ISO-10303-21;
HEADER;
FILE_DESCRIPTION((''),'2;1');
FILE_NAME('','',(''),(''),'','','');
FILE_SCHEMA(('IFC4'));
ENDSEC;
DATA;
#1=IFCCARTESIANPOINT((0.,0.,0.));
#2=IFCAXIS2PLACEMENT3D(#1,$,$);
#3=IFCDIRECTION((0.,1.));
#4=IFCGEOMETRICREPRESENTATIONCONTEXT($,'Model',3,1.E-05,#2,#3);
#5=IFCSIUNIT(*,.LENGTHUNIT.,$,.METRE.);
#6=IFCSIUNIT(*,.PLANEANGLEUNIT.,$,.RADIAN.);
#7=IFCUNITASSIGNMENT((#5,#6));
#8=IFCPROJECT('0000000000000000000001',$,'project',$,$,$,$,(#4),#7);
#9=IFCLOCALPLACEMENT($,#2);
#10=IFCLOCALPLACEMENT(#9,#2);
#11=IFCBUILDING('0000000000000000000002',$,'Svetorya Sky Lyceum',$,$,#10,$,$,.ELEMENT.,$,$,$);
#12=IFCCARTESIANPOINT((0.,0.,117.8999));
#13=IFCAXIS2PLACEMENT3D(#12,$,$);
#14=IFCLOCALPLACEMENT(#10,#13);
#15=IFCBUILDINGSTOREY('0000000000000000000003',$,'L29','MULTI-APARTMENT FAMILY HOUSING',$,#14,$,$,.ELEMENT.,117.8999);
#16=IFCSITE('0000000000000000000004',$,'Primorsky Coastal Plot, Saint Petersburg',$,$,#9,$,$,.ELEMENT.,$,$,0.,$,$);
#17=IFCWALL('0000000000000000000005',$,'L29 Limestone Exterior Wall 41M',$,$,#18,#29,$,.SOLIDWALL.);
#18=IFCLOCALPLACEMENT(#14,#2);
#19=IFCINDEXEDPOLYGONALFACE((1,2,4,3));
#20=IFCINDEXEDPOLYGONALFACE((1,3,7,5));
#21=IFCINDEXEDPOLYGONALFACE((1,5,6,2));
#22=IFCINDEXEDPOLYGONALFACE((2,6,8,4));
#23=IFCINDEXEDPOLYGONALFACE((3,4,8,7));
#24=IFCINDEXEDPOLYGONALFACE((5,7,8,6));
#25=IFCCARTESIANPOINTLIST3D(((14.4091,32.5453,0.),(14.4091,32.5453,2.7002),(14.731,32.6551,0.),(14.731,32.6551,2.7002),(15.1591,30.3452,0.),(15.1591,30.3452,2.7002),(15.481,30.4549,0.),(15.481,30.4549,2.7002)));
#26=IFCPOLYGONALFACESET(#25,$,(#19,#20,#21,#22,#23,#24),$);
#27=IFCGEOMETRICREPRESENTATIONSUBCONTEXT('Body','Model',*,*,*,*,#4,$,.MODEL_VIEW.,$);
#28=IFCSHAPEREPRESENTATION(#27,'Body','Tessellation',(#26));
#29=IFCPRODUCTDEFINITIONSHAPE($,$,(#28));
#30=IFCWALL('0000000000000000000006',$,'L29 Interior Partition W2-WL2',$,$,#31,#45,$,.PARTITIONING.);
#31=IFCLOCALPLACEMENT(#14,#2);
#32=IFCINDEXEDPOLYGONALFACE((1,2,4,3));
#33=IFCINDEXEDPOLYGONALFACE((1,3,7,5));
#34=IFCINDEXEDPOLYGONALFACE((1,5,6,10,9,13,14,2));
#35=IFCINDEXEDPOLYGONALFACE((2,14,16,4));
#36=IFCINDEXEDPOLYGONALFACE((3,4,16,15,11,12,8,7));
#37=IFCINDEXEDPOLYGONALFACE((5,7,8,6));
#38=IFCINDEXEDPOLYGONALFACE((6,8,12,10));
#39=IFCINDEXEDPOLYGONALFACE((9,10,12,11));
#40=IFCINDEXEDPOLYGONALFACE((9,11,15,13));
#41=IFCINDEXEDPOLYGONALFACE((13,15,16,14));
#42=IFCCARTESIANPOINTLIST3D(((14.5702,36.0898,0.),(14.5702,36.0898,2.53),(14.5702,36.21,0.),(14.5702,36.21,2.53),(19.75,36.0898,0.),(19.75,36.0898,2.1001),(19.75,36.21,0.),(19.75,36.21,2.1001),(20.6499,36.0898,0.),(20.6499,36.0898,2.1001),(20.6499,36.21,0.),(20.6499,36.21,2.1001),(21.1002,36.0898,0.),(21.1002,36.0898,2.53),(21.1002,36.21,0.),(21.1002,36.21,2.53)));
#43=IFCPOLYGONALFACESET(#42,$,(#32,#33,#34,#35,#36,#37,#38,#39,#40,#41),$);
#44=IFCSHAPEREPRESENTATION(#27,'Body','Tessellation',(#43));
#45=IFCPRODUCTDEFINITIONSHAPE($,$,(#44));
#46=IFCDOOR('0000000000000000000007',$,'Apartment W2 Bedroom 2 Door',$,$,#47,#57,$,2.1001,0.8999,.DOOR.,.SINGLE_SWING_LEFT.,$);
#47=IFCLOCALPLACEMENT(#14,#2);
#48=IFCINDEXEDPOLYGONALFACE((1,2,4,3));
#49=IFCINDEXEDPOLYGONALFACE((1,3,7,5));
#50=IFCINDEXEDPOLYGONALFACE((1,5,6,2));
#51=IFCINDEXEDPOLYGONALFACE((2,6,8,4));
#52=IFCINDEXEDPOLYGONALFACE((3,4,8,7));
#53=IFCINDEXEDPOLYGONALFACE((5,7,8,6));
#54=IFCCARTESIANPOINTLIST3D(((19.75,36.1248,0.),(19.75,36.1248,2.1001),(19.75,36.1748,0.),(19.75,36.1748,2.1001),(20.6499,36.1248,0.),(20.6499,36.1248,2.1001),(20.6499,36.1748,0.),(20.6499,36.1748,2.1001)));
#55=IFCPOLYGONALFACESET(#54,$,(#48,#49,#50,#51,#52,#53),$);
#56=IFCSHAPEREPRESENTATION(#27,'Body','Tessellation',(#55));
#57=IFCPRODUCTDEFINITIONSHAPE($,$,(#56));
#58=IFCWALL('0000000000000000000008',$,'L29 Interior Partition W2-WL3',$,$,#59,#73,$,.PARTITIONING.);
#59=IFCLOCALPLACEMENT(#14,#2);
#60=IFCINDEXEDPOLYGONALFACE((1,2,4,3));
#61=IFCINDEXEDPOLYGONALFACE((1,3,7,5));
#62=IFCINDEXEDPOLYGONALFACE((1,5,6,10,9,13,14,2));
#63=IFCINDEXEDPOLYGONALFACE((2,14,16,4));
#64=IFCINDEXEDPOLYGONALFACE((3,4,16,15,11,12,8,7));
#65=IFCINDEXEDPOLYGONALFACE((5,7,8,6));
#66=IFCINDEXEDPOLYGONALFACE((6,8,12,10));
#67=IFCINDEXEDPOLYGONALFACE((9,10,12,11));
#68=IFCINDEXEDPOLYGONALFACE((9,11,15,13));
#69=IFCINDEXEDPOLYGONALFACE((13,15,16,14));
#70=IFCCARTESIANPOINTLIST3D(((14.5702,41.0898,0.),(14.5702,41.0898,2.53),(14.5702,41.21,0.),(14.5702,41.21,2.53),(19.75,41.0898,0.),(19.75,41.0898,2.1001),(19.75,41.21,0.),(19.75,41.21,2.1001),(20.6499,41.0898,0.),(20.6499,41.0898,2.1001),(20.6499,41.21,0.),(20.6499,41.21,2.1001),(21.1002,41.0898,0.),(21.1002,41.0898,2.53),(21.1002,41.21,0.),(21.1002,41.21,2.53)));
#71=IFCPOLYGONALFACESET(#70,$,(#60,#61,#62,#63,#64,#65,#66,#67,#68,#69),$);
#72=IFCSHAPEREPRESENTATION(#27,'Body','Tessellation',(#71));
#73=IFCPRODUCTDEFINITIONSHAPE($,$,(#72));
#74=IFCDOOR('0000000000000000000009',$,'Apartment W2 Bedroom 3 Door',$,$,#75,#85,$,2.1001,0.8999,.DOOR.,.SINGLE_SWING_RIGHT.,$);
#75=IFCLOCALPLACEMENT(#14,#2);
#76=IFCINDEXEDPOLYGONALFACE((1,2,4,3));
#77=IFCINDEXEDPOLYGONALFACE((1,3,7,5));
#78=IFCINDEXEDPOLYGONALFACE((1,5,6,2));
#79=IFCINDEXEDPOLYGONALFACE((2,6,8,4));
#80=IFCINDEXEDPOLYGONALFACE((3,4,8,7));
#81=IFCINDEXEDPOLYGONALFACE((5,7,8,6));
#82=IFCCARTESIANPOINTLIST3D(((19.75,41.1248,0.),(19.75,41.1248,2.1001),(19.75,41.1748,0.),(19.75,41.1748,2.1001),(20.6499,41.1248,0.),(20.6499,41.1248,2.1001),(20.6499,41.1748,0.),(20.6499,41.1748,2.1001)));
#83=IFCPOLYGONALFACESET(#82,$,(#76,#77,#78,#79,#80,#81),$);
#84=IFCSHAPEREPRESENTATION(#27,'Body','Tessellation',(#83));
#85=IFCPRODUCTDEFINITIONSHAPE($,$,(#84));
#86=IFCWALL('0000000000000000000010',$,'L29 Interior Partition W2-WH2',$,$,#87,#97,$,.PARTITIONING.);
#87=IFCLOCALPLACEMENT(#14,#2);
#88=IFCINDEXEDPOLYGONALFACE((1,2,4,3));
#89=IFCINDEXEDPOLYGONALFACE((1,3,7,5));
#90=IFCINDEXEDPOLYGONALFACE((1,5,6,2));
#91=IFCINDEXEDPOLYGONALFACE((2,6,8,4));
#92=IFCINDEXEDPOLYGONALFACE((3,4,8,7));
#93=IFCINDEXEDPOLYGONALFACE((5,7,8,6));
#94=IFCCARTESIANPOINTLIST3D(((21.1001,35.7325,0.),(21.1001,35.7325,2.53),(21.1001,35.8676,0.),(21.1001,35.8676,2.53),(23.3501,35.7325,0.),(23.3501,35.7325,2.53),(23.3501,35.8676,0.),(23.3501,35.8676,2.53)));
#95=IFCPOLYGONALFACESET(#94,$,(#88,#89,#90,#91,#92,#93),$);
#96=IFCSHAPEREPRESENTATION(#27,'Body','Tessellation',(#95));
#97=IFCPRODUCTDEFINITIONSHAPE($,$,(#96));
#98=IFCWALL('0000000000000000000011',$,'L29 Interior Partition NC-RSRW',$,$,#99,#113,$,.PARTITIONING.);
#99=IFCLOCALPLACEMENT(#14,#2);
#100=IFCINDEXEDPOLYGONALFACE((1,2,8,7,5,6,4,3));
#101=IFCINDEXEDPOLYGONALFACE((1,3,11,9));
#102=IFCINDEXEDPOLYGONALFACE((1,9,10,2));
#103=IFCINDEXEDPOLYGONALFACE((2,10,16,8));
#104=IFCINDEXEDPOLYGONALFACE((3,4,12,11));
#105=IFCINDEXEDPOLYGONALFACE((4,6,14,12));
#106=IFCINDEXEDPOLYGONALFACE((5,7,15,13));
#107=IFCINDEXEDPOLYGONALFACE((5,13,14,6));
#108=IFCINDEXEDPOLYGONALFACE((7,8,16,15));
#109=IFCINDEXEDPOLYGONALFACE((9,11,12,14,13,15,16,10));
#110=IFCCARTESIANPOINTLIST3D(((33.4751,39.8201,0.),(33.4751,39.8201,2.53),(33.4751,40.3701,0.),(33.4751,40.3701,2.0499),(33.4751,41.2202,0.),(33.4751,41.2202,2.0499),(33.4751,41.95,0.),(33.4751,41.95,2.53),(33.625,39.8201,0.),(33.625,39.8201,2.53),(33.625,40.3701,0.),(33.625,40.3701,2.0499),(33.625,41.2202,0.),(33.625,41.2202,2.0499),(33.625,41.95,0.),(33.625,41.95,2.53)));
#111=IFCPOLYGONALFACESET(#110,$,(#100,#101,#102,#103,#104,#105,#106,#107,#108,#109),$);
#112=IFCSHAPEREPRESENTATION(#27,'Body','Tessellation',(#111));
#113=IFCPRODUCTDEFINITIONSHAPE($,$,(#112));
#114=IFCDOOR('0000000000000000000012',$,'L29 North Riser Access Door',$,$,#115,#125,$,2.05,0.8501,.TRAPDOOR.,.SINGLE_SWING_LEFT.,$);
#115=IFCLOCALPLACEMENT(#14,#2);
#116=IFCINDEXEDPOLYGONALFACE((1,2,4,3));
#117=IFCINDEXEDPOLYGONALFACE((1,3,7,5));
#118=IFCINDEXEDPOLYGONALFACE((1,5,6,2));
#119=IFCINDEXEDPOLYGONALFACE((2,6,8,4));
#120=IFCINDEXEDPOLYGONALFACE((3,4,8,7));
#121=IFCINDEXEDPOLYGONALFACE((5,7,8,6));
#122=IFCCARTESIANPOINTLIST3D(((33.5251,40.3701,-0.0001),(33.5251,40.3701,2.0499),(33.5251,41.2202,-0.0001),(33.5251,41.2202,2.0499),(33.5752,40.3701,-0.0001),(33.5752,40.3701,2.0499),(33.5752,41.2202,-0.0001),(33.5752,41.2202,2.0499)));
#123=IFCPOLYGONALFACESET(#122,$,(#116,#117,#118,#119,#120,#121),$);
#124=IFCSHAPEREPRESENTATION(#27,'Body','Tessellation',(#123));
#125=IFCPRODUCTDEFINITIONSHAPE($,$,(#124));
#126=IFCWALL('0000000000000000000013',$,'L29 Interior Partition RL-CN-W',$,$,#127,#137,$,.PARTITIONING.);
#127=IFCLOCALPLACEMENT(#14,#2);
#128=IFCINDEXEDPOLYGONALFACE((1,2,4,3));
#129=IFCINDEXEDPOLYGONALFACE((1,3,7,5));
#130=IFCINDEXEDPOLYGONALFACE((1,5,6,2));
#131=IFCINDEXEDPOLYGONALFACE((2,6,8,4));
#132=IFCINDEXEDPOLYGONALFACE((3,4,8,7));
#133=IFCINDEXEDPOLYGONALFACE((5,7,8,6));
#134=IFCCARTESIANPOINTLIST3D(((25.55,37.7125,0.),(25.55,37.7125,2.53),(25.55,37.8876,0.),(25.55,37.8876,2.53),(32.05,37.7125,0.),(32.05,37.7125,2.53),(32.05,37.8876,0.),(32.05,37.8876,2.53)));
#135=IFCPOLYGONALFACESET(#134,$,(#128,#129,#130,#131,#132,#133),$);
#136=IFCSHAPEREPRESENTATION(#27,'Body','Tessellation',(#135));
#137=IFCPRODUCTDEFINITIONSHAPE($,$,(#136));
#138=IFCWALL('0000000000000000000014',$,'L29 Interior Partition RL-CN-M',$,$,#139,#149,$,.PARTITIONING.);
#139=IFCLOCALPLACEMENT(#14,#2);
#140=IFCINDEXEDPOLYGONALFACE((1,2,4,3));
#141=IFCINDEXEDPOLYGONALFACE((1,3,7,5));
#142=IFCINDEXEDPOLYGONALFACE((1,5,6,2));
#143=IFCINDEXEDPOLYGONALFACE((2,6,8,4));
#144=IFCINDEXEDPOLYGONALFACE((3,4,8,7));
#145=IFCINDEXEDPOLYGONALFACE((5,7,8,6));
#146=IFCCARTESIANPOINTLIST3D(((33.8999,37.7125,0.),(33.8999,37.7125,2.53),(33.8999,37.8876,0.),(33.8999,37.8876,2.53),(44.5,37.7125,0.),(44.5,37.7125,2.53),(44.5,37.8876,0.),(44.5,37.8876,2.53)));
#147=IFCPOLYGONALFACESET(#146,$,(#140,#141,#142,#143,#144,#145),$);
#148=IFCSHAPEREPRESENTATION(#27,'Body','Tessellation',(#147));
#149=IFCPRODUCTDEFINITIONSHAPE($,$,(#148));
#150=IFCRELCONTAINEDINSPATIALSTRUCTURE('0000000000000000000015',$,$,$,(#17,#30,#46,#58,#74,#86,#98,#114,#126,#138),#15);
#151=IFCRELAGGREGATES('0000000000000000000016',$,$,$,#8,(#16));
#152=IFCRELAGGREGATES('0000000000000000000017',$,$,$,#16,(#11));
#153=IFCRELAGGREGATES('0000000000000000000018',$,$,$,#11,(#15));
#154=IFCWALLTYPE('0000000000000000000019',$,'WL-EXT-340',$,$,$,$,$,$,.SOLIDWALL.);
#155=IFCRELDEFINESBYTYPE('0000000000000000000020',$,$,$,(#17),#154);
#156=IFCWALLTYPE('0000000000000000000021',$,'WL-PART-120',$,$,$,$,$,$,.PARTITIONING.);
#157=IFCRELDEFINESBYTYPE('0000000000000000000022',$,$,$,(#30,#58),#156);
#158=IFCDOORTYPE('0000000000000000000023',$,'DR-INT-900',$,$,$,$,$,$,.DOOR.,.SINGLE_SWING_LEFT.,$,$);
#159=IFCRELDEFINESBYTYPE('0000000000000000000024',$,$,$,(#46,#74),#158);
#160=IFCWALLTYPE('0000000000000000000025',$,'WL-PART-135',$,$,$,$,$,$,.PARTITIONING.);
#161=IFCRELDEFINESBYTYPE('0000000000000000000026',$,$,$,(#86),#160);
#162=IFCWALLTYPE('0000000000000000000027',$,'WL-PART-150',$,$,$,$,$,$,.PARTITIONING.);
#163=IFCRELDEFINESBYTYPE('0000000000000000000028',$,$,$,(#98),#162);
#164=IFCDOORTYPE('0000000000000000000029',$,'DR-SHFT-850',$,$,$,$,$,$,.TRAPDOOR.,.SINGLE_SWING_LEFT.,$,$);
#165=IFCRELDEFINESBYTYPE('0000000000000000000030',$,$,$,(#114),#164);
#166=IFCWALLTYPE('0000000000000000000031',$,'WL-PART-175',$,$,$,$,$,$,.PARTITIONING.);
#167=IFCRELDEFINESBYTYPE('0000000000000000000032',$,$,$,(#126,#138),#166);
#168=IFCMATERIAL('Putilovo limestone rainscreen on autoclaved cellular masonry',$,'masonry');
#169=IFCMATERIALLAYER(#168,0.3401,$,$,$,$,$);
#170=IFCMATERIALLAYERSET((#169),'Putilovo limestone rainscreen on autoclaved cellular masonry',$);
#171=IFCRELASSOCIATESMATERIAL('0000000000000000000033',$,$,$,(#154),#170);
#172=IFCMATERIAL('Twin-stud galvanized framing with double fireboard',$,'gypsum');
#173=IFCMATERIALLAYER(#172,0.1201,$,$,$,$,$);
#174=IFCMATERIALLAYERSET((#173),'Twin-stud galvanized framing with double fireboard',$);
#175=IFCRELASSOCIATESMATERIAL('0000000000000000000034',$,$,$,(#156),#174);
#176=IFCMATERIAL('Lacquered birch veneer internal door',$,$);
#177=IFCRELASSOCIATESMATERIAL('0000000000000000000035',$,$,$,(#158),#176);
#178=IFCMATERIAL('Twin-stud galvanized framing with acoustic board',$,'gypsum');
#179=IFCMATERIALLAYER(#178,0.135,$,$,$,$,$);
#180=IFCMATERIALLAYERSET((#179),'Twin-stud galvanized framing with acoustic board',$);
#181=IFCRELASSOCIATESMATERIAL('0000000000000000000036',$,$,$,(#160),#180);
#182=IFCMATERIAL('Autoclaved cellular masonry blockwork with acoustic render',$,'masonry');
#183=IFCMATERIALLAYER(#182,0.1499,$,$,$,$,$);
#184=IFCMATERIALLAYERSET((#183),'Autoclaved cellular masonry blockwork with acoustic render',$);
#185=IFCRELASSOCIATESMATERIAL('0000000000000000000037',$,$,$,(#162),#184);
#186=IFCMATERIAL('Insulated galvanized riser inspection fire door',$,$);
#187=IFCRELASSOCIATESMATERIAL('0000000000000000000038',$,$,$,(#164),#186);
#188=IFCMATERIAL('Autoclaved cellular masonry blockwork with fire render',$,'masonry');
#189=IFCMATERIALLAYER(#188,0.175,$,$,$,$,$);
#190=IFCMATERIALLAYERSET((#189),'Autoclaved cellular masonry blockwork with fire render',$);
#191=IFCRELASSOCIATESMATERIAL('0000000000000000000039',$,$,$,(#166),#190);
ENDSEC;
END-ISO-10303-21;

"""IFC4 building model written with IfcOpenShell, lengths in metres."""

from ifc_helpers import new_model, si_unit, direction, frame, frame_2d, origin, place, context, subcontext, project, spatial, rectangle, extrude, material, layer, layer_set, type_object, element, fill, save


model = new_model("IFC4")

# Units and contexts
model_context = context("Model", 3, precision=1e-05, world=origin(), true_north=direction((0.0, 1.0)))
body_context = subcontext(model_context, "Body", "Model", "MODEL_VIEW")
ifc_project = project(units=[si_unit("LENGTHUNIT", "METRE"), si_unit("PLANEANGLEUNIT", "RADIAN")], contexts=[model_context])

# Site, building, storey
site_placement = place(None, origin())
site = spatial("IfcSite", under=ifc_project, at=site_placement, Name="Primorsky Coastal Plot, Saint Petersburg", CompositionType="ELEMENT", RefElevation=0.0)
building_placement = place(site_placement, origin())
building = spatial("IfcBuilding", under=site, at=building_placement, Name="Svetorya Sky Lyceum", CompositionType="ELEMENT")
storey_placement = place(building_placement, frame((0.0, 0.0, 117.8999)))
storey = spatial("IfcBuildingStorey", under=building, at=storey_placement, Name="L29", Description="MULTI-APARTMENT FAMILY HOUSING", CompositionType="ELEMENT", Elevation=117.8999)

# Wall
ifc_material_1 = material(Name="Putilovo limestone rainscreen on autoclaved cellular masonry", Category="masonry")
ifc_layer_1 = layer(ifc_material_1, 0.3401)
ifc_layer_set_1 = layer_set([ifc_layer_1], Name="Putilovo limestone rainscreen on autoclaved cellular masonry")
wall_type_1 = type_object("IfcWallType", Name="WL-EXT-340", PredefinedType="SOLIDWALL", material=ifc_layer_set_1)
wall_1_placement = place(storey_placement, frame((14.5701, 32.6001, 0.0), z_axis=(0.0, 0.0, 1.0), x_axis=(0.322648, -0.946519, 0.0)))
element("IfcWall", 1, at=wall_1_placement, inside=storey, type_object=wall_type_1, Name="L29 Limestone Exterior Wall 41M", PredefinedType="SOLIDWALL", context=body_context, shape_type="SweptSolid", body=[
    extrude(rectangle(XDim=2.3245, YDim=0.3401, at=frame_2d((1.1621, 0.0))), origin(), (0.0, 0.0, 1.0), 2.7002),
])

# Walls, openings, doors
ifc_material_2 = material(Name="Twin-stud galvanized framing with double fireboard", Category="gypsum")
ifc_layer_2 = layer(ifc_material_2, 0.1201)
ifc_layer_set_2 = layer_set([ifc_layer_2], Name="Twin-stud galvanized framing with double fireboard")
wall_type_2 = type_object("IfcWallType", Name="WL-PART-120", PredefinedType="PARTITIONING", material=ifc_layer_set_2)
wall_2_placement = place(storey_placement, frame((14.5701, 36.1499, 0.0), z_axis=(0.0, 0.0, 1.0), x_axis=(1.0, 0.0, 0.0)))
wall_2 = element("IfcWall", 2, at=wall_2_placement, inside=storey, type_object=wall_type_2, Name="L29 Interior Partition W2-WL2", PredefinedType="PARTITIONING", context=body_context, shape_type="SweptSolid", body=[
    extrude(rectangle(XDim=6.53, YDim=0.1201, at=frame_2d((3.2651, 0.0))), origin(), (0.0, 0.0, 1.0), 2.53),
])
opening_1_placement = place(wall_2_placement, frame((5.1799, 0.0, 0.0)))
opening_1 = element("IfcOpeningElement", 3, at=opening_1_placement, cuts=wall_2, PredefinedType="OPENING", context=body_context, shape_type="SweptSolid", body=[
    extrude(rectangle(XDim=0.8999, YDim=2.1001, at=frame_2d((0.45, 1.05))), frame((0.0, 0.0701, 0.0), z_axis=(0.0, -1.0, 0.0), x_axis=(1.0, 0.0, 0.0)), (0.0, 0.0, 1.0), 0.1401),
])
ifc_material_3 = material(Name="Lacquered birch veneer internal door")
door_type_1 = type_object("IfcDoorType", Name="DR-INT-900", OperationType="SINGLE_SWING_LEFT", PredefinedType="DOOR", material=ifc_material_3)
door_1_placement = place(opening_1_placement, origin())
door_1 = element("IfcDoor", 4, at=door_1_placement, inside=storey, type_object=door_type_1, Name="Apartment W2 Bedroom 2 Door", OperationType="SINGLE_SWING_LEFT", OverallHeight=2.1001, OverallWidth=0.8999, PredefinedType="DOOR", context=body_context, shape_type="SweptSolid", body=[
    extrude(rectangle(XDim=0.8999, YDim=2.1001, at=frame_2d((0.45, 1.05))), frame((0.0, 0.0249, 0.0), z_axis=(0.0, -1.0, 0.0), x_axis=(1.0, 0.0, 0.0)), (0.0, 0.0, 1.0), 0.05),
])
fill(opening_1, door_1)
wall_3_placement = place(storey_placement, frame((14.5701, 41.1499, 0.0), z_axis=(0.0, 0.0, 1.0), x_axis=(1.0, 0.0, 0.0)))
wall_3 = element("IfcWall", 5, at=wall_3_placement, inside=storey, type_object=wall_type_2, Name="L29 Interior Partition W2-WL3", PredefinedType="PARTITIONING", context=body_context, shape_type="SweptSolid", body=[
    extrude(rectangle(XDim=6.53, YDim=0.1201, at=frame_2d((3.2651, 0.0))), origin(), (0.0, 0.0, 1.0), 2.53),
])
opening_2_placement = place(wall_3_placement, frame((5.1799, 0.0, 0.0)))
opening_2 = element("IfcOpeningElement", 6, at=opening_2_placement, cuts=wall_3, PredefinedType="OPENING", context=body_context, shape_type="SweptSolid", body=[
    extrude(rectangle(XDim=0.8999, YDim=2.1001, at=frame_2d((0.45, 1.05))), frame((0.0, 0.0701, 0.0), z_axis=(0.0, -1.0, 0.0), x_axis=(1.0, 0.0, 0.0)), (0.0, 0.0, 1.0), 0.1401),
])
door_2_placement = place(opening_2_placement, origin())
door_2 = element("IfcDoor", 7, at=door_2_placement, inside=storey, type_object=door_type_1, Name="Apartment W2 Bedroom 3 Door", OperationType="SINGLE_SWING_RIGHT", OverallHeight=2.1001, OverallWidth=0.8999, PredefinedType="DOOR", context=body_context, shape_type="SweptSolid", body=[
    extrude(rectangle(XDim=0.8999, YDim=2.1001, at=frame_2d((0.45, 1.05))), frame((0.0, 0.0249, 0.0), z_axis=(0.0, -1.0, 0.0), x_axis=(1.0, 0.0, 0.0)), (0.0, 0.0, 1.0), 0.05),
])
fill(opening_2, door_2)

# Wall
ifc_material_4 = material(Name="Twin-stud galvanized framing with acoustic board", Category="gypsum")
ifc_layer_3 = layer(ifc_material_4, 0.135)
ifc_layer_set_3 = layer_set([ifc_layer_3], Name="Twin-stud galvanized framing with acoustic board")
wall_type_3 = type_object("IfcWallType", Name="WL-PART-135", PredefinedType="PARTITIONING", material=ifc_layer_set_3)
wall_4_placement = place(storey_placement, frame((21.1001, 35.8, 0.0), z_axis=(0.0, 0.0, 1.0), x_axis=(1.0, 0.0, 0.0)))
element("IfcWall", 8, at=wall_4_placement, inside=storey, type_object=wall_type_3, Name="L29 Interior Partition W2-WH2", PredefinedType="PARTITIONING", context=body_context, shape_type="SweptSolid", body=[
    extrude(rectangle(XDim=2.25, YDim=0.135, at=frame_2d((1.125, 0.0))), origin(), (0.0, 0.0, 1.0), 2.53),
])

# Wall, opening, door
ifc_material_5 = material(Name="Autoclaved cellular masonry blockwork with acoustic render", Category="masonry")
ifc_layer_4 = layer(ifc_material_5, 0.1499)
ifc_layer_set_4 = layer_set([ifc_layer_4], Name="Autoclaved cellular masonry blockwork with acoustic render")
wall_type_4 = type_object("IfcWallType", Name="WL-PART-150", PredefinedType="PARTITIONING", material=ifc_layer_set_4)
wall_5_placement = place(storey_placement, frame((33.55, 39.8201, 0.0), z_axis=(0.0, 0.0, 1.0), x_axis=(0.0, 1.0, 0.0)))
wall_5 = element("IfcWall", 9, at=wall_5_placement, inside=storey, type_object=wall_type_4, Name="L29 Interior Partition NC-RSRW", PredefinedType="PARTITIONING", context=body_context, shape_type="SweptSolid", body=[
    extrude(rectangle(XDim=2.1299, YDim=0.1499, at=frame_2d((1.0649, 0.0))), origin(), (0.0, 0.0, 1.0), 2.53),
])
opening_3_placement = place(wall_5_placement, frame((0.55, 0.0, 0.0)))
opening_3 = element("IfcOpeningElement", 10, at=opening_3_placement, cuts=wall_5, PredefinedType="OPENING", context=body_context, shape_type="SweptSolid", body=[
    extrude(rectangle(XDim=0.8501, YDim=2.05, at=frame_2d((0.425, 1.0249))), frame((0.0, 0.085, 0.0), z_axis=(0.0, -1.0, 0.0), x_axis=(1.0, 0.0, 0.0)), (0.0, 0.0, 1.0), 0.1699),
])
ifc_material_6 = material(Name="Insulated galvanized riser inspection fire door")
door_type_2 = type_object("IfcDoorType", Name="DR-SHFT-850", OperationType="SINGLE_SWING_LEFT", PredefinedType="TRAPDOOR", material=ifc_material_6)
door_3_placement = place(opening_3_placement, origin())
door_3 = element("IfcDoor", 11, at=door_3_placement, inside=storey, type_object=door_type_2, Name="L29 North Riser Access Door", OperationType="SINGLE_SWING_LEFT", OverallHeight=2.05, OverallWidth=0.8501, PredefinedType="TRAPDOOR", context=body_context, shape_type="SweptSolid", body=[
    extrude(rectangle(XDim=0.8501, YDim=2.05, at=frame_2d((0.425, 1.0249))), frame((0.0, 0.0249, 0.0), z_axis=(0.0, -1.0, 0.0), x_axis=(1.0, 0.0, 0.0)), (0.0, 0.0, 1.0), 0.05),
])
fill(opening_3, door_3)

# Walls
ifc_material_7 = material(Name="Autoclaved cellular masonry blockwork with fire render", Category="masonry")
ifc_layer_5 = layer(ifc_material_7, 0.175)
ifc_layer_set_5 = layer_set([ifc_layer_5], Name="Autoclaved cellular masonry blockwork with fire render")
wall_type_5 = type_object("IfcWallType", Name="WL-PART-175", PredefinedType="PARTITIONING", material=ifc_layer_set_5)
wall_6_placement = place(storey_placement, frame((25.55, 37.8, 0.0), z_axis=(0.0, 0.0, 1.0), x_axis=(1.0, 0.0, 0.0)))
element("IfcWall", 12, at=wall_6_placement, inside=storey, type_object=wall_type_5, Name="L29 Interior Partition RL-CN-W", PredefinedType="PARTITIONING", context=body_context, shape_type="SweptSolid", body=[
    extrude(rectangle(XDim=6.5, YDim=0.175, at=frame_2d((3.25, 0.0))), origin(), (0.0, 0.0, 1.0), 2.53),
])
wall_7_placement = place(storey_placement, frame((33.8999, 37.8, 0.0), z_axis=(0.0, 0.0, 1.0), x_axis=(1.0, 0.0, 0.0)))
element("IfcWall", 13, at=wall_7_placement, inside=storey, type_object=wall_type_5, Name="L29 Interior Partition RL-CN-M", PredefinedType="PARTITIONING", context=body_context, shape_type="SweptSolid", body=[
    extrude(rectangle(XDim=10.6001, YDim=0.175, at=frame_2d((5.3, 0.0))), origin(), (0.0, 0.0, 1.0), 2.53),
])

save(model, "model.ifc")
